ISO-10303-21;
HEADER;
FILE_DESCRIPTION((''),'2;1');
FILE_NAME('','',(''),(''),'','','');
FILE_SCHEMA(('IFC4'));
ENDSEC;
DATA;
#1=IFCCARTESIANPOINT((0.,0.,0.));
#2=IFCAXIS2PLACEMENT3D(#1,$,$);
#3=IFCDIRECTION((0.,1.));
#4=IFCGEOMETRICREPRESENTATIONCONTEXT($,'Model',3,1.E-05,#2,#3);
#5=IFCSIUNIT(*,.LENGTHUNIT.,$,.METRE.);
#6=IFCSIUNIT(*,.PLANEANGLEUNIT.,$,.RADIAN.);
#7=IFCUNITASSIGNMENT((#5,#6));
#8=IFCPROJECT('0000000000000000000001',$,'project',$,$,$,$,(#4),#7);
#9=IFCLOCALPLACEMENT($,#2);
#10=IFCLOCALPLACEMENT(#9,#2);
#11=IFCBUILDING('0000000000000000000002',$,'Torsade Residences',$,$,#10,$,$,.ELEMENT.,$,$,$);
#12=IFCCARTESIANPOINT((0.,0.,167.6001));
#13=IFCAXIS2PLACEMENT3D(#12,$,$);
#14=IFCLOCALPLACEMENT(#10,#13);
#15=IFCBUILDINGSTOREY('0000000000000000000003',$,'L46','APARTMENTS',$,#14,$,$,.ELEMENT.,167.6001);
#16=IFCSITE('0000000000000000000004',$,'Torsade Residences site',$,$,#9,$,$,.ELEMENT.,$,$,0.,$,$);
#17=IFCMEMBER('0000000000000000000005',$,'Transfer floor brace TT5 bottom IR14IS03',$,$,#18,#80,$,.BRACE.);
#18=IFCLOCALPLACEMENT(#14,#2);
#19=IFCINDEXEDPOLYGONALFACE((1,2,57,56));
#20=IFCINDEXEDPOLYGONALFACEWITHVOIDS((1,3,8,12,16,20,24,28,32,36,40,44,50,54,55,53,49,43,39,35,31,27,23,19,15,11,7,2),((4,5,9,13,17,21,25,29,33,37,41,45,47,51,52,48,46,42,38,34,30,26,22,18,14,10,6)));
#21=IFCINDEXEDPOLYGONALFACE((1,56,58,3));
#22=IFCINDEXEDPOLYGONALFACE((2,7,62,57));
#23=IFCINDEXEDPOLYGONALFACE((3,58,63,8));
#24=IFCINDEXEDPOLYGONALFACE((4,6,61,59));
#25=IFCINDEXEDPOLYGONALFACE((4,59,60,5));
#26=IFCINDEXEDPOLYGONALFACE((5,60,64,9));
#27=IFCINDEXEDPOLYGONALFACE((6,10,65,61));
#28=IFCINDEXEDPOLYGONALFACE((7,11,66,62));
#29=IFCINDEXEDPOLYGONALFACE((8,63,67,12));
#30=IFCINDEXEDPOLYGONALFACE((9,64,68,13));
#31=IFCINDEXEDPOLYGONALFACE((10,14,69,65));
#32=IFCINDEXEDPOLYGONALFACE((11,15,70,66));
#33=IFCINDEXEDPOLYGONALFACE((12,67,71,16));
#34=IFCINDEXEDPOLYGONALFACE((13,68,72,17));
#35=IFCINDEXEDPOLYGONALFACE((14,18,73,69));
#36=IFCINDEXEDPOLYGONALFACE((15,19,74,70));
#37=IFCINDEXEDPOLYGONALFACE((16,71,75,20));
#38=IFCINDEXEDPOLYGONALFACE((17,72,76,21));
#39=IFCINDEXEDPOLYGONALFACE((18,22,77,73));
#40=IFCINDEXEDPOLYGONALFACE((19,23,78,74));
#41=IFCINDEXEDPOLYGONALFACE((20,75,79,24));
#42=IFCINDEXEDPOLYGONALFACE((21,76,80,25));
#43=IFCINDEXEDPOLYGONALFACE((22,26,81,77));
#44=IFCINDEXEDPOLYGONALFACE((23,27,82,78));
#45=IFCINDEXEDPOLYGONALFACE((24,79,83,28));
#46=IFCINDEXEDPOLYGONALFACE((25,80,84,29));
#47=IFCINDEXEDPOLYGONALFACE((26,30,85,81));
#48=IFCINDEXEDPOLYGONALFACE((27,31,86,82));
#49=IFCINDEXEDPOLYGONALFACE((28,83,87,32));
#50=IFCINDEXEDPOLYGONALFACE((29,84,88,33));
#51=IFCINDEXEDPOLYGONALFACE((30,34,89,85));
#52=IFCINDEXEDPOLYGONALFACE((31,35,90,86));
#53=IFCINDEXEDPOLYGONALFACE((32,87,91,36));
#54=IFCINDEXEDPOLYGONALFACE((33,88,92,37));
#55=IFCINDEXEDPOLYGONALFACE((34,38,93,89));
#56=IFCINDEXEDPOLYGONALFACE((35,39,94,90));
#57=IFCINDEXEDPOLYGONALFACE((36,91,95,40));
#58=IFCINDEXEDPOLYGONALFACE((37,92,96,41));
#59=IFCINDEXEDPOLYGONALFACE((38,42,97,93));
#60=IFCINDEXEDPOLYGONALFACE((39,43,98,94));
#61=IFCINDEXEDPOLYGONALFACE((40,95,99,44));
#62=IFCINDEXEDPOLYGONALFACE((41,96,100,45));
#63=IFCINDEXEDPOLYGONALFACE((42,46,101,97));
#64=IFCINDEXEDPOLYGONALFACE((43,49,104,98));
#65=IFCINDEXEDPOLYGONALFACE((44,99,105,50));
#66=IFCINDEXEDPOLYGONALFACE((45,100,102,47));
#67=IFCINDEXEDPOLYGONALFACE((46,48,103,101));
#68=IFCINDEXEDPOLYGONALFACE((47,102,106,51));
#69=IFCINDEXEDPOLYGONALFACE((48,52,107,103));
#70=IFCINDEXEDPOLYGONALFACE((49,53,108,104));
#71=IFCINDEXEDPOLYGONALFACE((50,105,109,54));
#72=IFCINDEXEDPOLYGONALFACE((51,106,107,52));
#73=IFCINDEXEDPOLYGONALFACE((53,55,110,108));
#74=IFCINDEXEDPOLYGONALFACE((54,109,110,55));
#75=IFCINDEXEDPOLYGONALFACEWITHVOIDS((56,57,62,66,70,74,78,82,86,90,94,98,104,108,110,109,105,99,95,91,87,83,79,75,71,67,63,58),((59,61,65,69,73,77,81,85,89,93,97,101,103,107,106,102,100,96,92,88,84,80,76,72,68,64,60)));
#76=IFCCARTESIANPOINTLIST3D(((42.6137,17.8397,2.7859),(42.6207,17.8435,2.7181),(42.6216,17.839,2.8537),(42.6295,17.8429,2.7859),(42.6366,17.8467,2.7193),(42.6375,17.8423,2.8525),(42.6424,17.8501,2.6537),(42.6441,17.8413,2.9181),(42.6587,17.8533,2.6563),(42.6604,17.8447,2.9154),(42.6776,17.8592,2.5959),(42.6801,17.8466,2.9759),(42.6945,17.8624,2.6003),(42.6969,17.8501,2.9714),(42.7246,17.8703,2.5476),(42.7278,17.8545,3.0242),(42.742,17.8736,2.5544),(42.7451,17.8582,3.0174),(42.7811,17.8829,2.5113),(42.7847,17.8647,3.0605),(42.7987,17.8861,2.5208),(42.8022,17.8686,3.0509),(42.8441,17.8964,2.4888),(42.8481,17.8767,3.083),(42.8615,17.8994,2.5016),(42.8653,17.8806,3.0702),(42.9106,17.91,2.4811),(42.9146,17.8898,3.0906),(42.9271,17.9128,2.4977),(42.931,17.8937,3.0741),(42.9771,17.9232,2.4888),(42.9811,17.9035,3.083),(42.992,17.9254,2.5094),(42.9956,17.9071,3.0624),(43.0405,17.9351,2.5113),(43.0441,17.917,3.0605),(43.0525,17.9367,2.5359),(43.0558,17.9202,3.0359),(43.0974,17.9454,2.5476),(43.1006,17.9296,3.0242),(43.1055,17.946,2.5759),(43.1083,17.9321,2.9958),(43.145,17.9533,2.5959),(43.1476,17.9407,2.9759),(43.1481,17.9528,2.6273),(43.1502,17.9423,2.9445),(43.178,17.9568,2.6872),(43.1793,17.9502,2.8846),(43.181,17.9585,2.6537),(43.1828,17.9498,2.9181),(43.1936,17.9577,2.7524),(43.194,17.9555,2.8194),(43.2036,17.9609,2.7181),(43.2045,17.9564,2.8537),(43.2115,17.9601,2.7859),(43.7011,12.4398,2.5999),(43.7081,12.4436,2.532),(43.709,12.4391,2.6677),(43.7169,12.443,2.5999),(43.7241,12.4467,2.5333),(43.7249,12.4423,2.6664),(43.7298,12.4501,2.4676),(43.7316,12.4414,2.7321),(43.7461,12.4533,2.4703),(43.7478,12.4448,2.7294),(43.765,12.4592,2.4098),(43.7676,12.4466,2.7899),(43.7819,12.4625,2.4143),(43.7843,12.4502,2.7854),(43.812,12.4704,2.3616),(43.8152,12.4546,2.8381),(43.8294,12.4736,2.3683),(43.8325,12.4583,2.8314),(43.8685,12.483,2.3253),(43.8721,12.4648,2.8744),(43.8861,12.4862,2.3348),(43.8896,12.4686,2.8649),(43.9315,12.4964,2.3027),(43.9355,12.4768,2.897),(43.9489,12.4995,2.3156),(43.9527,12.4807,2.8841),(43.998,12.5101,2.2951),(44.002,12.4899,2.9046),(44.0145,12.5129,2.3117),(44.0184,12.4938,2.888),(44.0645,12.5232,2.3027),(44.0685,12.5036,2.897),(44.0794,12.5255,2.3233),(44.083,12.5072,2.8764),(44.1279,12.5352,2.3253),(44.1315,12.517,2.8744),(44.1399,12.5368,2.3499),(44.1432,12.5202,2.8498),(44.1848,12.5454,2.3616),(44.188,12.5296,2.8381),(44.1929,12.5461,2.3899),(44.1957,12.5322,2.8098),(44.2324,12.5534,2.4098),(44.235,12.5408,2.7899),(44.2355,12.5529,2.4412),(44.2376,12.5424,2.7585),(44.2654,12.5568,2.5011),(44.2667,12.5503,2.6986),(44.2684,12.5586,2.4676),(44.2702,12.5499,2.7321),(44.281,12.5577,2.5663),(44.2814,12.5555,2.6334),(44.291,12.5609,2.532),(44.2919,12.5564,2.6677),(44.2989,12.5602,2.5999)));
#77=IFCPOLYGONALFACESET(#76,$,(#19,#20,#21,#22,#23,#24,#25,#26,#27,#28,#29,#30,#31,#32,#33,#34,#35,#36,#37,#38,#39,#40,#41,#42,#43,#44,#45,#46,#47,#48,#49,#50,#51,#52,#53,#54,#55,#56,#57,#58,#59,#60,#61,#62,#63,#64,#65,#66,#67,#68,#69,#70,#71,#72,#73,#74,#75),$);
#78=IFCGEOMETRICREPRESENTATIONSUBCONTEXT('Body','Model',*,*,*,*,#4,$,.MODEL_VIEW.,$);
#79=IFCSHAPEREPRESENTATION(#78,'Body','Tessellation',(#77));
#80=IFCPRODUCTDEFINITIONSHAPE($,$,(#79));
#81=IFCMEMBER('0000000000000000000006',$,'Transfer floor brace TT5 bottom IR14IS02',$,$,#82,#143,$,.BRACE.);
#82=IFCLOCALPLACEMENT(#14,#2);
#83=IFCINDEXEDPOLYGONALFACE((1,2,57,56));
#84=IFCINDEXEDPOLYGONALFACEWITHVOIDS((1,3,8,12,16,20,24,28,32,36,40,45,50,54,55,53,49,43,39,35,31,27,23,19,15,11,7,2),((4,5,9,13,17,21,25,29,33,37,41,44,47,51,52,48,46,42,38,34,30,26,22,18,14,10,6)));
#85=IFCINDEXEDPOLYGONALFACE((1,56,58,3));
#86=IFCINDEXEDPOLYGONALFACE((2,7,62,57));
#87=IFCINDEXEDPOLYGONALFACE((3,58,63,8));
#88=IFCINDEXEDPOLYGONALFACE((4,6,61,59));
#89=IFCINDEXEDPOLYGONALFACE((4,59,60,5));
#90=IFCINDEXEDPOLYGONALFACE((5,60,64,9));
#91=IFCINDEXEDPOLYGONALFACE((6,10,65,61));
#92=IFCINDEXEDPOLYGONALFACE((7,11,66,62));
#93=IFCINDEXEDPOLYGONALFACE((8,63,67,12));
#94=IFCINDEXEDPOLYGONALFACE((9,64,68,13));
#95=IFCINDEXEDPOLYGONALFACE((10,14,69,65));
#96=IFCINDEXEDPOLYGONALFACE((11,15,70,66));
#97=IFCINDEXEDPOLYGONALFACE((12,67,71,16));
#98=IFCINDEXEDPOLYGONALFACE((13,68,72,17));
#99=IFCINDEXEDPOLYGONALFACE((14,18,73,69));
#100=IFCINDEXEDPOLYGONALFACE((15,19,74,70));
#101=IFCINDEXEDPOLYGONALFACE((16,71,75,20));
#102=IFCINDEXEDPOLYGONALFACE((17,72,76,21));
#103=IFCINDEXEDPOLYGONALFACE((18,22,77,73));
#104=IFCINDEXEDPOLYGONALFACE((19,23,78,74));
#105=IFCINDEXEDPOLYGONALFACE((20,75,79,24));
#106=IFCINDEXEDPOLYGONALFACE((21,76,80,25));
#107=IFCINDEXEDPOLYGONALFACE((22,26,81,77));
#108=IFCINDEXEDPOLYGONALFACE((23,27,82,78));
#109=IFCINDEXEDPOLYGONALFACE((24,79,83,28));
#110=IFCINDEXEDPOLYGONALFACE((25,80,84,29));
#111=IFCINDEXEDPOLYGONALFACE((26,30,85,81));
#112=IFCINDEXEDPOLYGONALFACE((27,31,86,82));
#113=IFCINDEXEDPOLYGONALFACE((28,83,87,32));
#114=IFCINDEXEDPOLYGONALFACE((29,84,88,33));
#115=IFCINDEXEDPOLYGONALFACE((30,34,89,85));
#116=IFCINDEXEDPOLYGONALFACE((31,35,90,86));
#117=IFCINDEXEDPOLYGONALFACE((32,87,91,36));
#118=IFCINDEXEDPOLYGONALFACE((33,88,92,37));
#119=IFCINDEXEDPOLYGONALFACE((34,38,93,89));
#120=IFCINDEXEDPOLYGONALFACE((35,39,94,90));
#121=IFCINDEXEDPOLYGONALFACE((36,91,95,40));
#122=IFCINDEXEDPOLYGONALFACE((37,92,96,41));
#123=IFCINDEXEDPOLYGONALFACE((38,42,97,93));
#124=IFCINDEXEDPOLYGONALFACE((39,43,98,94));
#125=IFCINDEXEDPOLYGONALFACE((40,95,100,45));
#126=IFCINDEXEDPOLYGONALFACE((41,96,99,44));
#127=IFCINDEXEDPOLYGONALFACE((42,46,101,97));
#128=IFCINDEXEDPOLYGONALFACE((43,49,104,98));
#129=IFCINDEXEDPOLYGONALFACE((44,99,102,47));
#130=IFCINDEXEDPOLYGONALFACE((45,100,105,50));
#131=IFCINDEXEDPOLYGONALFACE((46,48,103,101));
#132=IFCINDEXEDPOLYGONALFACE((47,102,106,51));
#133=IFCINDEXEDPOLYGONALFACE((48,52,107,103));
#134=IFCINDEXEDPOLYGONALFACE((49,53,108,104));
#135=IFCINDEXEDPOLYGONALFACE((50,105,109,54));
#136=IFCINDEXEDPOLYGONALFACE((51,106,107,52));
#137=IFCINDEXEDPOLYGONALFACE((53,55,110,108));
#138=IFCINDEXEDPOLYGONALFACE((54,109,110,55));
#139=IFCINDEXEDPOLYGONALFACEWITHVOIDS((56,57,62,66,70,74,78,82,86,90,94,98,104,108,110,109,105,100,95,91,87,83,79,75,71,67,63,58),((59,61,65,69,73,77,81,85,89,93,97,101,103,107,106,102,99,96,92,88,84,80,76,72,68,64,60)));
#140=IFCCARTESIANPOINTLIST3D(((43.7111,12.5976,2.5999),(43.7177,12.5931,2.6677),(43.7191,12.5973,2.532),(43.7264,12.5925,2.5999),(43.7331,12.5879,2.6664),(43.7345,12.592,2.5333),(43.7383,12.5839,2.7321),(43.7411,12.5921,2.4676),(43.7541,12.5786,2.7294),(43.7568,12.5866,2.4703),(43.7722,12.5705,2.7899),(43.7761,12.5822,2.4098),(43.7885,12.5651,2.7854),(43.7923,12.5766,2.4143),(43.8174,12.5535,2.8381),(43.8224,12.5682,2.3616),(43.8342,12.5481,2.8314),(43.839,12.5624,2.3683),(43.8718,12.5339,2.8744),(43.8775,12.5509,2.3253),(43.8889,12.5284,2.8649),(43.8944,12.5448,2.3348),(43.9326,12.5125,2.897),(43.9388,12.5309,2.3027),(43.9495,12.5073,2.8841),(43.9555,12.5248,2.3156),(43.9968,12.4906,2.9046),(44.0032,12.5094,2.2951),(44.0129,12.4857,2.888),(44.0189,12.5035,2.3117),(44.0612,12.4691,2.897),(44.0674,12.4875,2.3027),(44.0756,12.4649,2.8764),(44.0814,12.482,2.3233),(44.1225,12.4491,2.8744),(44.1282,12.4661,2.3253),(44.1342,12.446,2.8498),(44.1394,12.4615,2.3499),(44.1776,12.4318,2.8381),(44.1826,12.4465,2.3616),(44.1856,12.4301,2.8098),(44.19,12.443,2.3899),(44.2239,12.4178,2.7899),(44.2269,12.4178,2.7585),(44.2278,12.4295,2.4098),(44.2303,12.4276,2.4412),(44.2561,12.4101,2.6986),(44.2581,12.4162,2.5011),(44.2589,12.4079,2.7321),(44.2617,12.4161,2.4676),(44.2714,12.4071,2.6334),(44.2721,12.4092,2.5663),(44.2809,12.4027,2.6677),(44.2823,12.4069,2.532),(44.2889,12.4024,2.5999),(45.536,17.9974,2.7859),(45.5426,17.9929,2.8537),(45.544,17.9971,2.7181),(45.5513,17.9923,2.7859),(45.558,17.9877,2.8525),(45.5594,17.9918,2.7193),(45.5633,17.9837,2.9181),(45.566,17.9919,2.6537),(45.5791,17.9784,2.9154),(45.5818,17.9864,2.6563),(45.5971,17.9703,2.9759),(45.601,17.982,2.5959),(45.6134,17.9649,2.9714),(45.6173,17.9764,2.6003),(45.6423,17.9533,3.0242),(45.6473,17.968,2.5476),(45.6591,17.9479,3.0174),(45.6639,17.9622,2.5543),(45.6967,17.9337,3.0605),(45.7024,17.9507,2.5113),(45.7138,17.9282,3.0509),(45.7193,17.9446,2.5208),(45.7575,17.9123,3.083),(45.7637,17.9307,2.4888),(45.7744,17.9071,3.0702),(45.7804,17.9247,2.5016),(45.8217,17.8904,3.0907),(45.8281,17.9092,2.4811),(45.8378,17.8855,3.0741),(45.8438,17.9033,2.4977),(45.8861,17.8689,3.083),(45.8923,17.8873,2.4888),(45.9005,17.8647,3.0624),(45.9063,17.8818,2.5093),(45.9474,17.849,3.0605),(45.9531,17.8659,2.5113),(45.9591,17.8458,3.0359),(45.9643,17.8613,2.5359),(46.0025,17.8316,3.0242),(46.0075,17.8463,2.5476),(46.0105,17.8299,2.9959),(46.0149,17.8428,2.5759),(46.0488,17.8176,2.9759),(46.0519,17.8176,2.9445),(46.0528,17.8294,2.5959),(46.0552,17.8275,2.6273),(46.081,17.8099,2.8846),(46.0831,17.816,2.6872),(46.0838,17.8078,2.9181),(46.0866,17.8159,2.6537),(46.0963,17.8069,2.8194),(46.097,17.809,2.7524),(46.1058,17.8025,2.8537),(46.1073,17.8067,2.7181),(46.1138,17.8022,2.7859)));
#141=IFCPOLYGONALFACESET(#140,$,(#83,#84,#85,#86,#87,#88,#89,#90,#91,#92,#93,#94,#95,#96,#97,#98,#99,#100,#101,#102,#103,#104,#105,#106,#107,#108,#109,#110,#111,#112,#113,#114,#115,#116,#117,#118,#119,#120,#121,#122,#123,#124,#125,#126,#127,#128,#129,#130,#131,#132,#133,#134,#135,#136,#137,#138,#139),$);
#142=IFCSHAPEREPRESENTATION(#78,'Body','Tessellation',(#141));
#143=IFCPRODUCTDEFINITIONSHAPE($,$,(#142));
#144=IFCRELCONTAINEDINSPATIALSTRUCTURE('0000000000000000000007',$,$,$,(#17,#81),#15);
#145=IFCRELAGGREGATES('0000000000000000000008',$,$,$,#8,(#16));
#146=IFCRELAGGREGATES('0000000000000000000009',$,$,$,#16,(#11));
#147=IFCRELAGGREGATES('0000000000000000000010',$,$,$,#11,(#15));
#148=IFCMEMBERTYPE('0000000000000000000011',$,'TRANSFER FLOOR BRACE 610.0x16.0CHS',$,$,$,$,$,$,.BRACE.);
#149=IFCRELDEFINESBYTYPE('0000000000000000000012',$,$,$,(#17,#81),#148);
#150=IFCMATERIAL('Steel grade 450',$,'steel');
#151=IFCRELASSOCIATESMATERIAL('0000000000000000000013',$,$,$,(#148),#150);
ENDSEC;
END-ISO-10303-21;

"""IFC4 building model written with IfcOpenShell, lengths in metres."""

from ifc_helpers import new_model, si_unit, direction, frame, origin, origin_2d, place, context, subcontext, project, spatial, hollow_circle, extrude, material, material_profile, profile_set, type_object, element, save


model = new_model("IFC4")

# Units and contexts
model_context = context("Model", 3, precision=1e-05, world=origin(), true_north=direction((0.0, 1.0)))
body_context = subcontext(model_context, "Body", "Model", "MODEL_VIEW")
ifc_project = project(units=[si_unit("LENGTHUNIT", "METRE"), si_unit("PLANEANGLEUNIT", "RADIAN")], contexts=[model_context])

# Site, building, storey
site_placement = place(None, origin())
site = spatial("IfcSite", under=ifc_project, at=site_placement, Name="Torsade Residences site", CompositionType="ELEMENT", RefElevation=0.0)
building_placement = place(site_placement, origin())
building = spatial("IfcBuilding", under=site, at=building_placement, Name="Torsade Residences", CompositionType="ELEMENT")
storey_placement = place(building_placement, frame((0.0, 0.0, 167.6001)))
storey = spatial("IfcBuildingStorey", under=building, at=storey_placement, Name="L46", Description="APARTMENTS", CompositionType="ELEMENT", Elevation=167.6001)

# Members
ifc_material_1 = material(Name="Steel grade 450", Category="steel")
ifc_material_profile_1 = material_profile(ifc_material_1, hollow_circle(Radius=0.3049, WallThickness=0.0161, at=origin_2d()), Name="610.0x16.0CHS")
ifc_profile_set_1 = profile_set([ifc_material_profile_1], Name="Steel grade 450")
member_type_1 = type_object("IfcMemberType", Name="TRANSFER FLOOR BRACE 610.0x16.0CHS", PredefinedType="BRACE", material=ifc_profile_set_1)
member_1_placement = place(storey_placement, frame((44.0, 12.5, 2.5999), z_axis=(-0.197299, 0.979762, 0.033754), x_axis=(-0.980321, -0.197412, 0.0)))
element("IfcMember", 1, at=member_1_placement, inside=storey, type_object=member_type_1, Name="Transfer floor brace TT5 bottom IR14IS03", PredefinedType="BRACE", context=body_context, shape_type="SweptSolid", body=[
    extrude(hollow_circle(Radius=0.3049, WallThickness=0.0161, at=origin_2d()), origin(), (0.0, 0.0, 1.0), 5.5115),
])
member_2_placement = place(storey_placement, frame((44.0, 12.5, 2.5999), z_axis=(0.319999, 0.946856, 0.032621), x_axis=(-0.94736, 0.32017, 0.0)))
element("IfcMember", 2, at=member_2_placement, inside=storey, type_object=member_type_1, Name="Transfer floor brace TT5 bottom IR14IS02", PredefinedType="BRACE", context=body_context, shape_type="SweptSolid", body=[
    extrude(hollow_circle(Radius=0.3049, WallThickness=0.0161, at=origin_2d()), origin(), (0.0, 0.0, 1.0), 5.7029),
])

save(model, "model.ifc")
